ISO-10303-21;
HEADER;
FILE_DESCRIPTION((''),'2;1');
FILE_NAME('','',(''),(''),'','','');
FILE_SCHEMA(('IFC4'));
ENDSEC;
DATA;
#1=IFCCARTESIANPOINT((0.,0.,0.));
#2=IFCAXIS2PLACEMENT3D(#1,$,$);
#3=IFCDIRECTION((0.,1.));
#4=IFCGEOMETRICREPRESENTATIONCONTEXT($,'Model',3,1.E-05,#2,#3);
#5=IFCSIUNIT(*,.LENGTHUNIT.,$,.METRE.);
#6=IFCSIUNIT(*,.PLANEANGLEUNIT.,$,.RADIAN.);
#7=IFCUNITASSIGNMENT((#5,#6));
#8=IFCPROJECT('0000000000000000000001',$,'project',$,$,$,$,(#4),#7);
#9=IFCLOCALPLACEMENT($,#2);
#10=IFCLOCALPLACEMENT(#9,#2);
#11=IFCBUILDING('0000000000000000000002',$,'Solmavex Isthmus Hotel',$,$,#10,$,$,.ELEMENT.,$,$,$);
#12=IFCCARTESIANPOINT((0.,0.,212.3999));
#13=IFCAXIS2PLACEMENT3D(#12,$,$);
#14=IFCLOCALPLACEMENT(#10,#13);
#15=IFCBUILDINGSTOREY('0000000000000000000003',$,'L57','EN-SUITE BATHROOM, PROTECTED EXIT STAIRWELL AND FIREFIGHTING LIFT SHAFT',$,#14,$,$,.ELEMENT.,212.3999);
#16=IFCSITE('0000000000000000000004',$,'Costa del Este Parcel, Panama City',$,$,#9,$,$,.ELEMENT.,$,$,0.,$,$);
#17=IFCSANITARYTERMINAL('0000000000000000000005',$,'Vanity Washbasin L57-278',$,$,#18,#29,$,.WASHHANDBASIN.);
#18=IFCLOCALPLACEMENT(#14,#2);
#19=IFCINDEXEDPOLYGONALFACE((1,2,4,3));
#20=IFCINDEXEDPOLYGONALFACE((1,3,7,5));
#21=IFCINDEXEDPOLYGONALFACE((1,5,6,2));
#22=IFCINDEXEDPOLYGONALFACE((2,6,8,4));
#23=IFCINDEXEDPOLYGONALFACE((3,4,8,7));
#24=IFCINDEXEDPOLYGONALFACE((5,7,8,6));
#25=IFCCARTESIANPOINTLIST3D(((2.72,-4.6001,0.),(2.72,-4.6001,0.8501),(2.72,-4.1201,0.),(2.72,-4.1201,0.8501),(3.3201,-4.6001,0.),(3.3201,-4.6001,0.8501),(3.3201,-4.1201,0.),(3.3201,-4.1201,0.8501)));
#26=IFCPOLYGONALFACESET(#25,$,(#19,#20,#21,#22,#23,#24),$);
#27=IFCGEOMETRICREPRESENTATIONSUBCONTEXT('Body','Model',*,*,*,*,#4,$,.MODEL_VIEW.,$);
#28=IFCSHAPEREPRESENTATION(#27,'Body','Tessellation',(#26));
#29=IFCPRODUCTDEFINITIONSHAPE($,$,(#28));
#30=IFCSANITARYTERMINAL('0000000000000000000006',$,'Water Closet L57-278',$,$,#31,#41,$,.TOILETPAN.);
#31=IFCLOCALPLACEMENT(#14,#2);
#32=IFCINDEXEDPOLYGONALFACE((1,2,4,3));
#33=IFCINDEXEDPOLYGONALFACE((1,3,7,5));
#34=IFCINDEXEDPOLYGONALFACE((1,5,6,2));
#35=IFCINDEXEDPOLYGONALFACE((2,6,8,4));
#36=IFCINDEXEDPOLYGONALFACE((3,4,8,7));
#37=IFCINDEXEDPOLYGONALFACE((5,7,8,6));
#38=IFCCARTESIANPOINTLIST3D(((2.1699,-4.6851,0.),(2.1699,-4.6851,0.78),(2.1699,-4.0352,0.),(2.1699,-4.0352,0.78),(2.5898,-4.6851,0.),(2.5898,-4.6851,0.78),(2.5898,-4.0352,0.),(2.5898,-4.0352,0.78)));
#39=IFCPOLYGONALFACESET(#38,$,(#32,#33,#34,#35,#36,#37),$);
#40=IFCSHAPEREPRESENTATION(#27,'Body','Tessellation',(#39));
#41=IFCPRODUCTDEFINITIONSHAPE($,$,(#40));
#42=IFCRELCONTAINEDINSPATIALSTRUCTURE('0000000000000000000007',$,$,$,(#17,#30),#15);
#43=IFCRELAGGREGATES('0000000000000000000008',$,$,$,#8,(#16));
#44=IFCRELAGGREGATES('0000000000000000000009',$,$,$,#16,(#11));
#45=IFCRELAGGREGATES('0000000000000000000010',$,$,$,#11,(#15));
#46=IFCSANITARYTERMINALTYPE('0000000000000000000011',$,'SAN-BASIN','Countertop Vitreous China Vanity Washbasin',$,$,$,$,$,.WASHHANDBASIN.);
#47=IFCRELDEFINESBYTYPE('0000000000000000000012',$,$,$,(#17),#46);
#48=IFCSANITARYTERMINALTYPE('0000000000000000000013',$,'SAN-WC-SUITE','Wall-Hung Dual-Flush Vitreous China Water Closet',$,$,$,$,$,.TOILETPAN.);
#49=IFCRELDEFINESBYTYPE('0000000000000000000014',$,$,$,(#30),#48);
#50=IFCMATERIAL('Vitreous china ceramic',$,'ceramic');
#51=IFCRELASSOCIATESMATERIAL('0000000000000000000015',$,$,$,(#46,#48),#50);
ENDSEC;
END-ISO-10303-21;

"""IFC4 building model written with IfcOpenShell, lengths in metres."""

from ifc_helpers import new_model, si_unit, direction, frame, origin, origin_2d, place, context, subcontext, project, spatial, rectangle, extrude, material, type_object, element, save


model = new_model("IFC4")

# Units and contexts
model_context = context("Model", 3, precision=1e-05, world=origin(), true_north=direction((0.0, 1.0)))
body_context = subcontext(model_context, "Body", "Model", "MODEL_VIEW")
ifc_project = project(units=[si_unit("LENGTHUNIT", "METRE"), si_unit("PLANEANGLEUNIT", "RADIAN")], contexts=[model_context])

# Site, building, storey
site_placement = place(None, origin())
site = spatial("IfcSite", under=ifc_project, at=site_placement, Name="Costa del Este Parcel, Panama City", CompositionType="ELEMENT", RefElevation=0.0)
building_placement = place(site_placement, origin())
building = spatial("IfcBuilding", under=site, at=building_placement, Name="Solmavex Isthmus Hotel", CompositionType="ELEMENT")
storey_placement = place(building_placement, frame((0.0, 0.0, 212.3999)))
storey = spatial("IfcBuildingStorey", under=building, at=storey_placement, Name="L57", Description="EN-SUITE BATHROOM, PROTECTED EXIT STAIRWELL AND FIREFIGHTING LIFT SHAFT", CompositionType="ELEMENT", Elevation=212.3999)

# Sanitary terminals
ifc_material_1 = material(Name="Vitreous china ceramic", Category="ceramic")
sanitary_terminal_type_1 = type_object("IfcSanitaryTerminalType", Name="SAN-BASIN", Description="Countertop Vitreous China Vanity Washbasin", PredefinedType="WASHHANDBASIN", material=ifc_material_1)
sanitary_terminal_1_placement = place(storey_placement, frame((3.02, -4.3601, 0.0), z_axis=(0.0, 0.0, 1.0), x_axis=(1.0, 0.0, 0.0)))
element("IfcSanitaryTerminal", 1, at=sanitary_terminal_1_placement, inside=storey, type_object=sanitary_terminal_type_1, Name="Vanity Washbasin L57-278", PredefinedType="WASHHANDBASIN", context=body_context, shape_type="SweptSolid", body=[
    extrude(rectangle(XDim=0.6001, YDim=0.48, at=origin_2d()), origin(), (0.0, 0.0, 1.0), 0.8501),
])
sanitary_terminal_type_2 = type_object("IfcSanitaryTerminalType", Name="SAN-WC-SUITE", Description="Wall-Hung Dual-Flush Vitreous China Water Closet", PredefinedType="TOILETPAN", material=ifc_material_1)
sanitary_terminal_2_placement = place(storey_placement, frame((2.3799, -4.3601, 0.0), z_axis=(0.0, 0.0, 1.0), x_axis=(1.0, 0.0, 0.0)))
element("IfcSanitaryTerminal", 2, at=sanitary_terminal_2_placement, inside=storey, type_object=sanitary_terminal_type_2, Name="Water Closet L57-278", PredefinedType="TOILETPAN", context=body_context, shape_type="SweptSolid", body=[
    extrude(rectangle(XDim=0.4199, YDim=0.6499, at=origin_2d()), origin(), (0.0, 0.0, 1.0), 0.78),
])

save(model, "model.ifc")
